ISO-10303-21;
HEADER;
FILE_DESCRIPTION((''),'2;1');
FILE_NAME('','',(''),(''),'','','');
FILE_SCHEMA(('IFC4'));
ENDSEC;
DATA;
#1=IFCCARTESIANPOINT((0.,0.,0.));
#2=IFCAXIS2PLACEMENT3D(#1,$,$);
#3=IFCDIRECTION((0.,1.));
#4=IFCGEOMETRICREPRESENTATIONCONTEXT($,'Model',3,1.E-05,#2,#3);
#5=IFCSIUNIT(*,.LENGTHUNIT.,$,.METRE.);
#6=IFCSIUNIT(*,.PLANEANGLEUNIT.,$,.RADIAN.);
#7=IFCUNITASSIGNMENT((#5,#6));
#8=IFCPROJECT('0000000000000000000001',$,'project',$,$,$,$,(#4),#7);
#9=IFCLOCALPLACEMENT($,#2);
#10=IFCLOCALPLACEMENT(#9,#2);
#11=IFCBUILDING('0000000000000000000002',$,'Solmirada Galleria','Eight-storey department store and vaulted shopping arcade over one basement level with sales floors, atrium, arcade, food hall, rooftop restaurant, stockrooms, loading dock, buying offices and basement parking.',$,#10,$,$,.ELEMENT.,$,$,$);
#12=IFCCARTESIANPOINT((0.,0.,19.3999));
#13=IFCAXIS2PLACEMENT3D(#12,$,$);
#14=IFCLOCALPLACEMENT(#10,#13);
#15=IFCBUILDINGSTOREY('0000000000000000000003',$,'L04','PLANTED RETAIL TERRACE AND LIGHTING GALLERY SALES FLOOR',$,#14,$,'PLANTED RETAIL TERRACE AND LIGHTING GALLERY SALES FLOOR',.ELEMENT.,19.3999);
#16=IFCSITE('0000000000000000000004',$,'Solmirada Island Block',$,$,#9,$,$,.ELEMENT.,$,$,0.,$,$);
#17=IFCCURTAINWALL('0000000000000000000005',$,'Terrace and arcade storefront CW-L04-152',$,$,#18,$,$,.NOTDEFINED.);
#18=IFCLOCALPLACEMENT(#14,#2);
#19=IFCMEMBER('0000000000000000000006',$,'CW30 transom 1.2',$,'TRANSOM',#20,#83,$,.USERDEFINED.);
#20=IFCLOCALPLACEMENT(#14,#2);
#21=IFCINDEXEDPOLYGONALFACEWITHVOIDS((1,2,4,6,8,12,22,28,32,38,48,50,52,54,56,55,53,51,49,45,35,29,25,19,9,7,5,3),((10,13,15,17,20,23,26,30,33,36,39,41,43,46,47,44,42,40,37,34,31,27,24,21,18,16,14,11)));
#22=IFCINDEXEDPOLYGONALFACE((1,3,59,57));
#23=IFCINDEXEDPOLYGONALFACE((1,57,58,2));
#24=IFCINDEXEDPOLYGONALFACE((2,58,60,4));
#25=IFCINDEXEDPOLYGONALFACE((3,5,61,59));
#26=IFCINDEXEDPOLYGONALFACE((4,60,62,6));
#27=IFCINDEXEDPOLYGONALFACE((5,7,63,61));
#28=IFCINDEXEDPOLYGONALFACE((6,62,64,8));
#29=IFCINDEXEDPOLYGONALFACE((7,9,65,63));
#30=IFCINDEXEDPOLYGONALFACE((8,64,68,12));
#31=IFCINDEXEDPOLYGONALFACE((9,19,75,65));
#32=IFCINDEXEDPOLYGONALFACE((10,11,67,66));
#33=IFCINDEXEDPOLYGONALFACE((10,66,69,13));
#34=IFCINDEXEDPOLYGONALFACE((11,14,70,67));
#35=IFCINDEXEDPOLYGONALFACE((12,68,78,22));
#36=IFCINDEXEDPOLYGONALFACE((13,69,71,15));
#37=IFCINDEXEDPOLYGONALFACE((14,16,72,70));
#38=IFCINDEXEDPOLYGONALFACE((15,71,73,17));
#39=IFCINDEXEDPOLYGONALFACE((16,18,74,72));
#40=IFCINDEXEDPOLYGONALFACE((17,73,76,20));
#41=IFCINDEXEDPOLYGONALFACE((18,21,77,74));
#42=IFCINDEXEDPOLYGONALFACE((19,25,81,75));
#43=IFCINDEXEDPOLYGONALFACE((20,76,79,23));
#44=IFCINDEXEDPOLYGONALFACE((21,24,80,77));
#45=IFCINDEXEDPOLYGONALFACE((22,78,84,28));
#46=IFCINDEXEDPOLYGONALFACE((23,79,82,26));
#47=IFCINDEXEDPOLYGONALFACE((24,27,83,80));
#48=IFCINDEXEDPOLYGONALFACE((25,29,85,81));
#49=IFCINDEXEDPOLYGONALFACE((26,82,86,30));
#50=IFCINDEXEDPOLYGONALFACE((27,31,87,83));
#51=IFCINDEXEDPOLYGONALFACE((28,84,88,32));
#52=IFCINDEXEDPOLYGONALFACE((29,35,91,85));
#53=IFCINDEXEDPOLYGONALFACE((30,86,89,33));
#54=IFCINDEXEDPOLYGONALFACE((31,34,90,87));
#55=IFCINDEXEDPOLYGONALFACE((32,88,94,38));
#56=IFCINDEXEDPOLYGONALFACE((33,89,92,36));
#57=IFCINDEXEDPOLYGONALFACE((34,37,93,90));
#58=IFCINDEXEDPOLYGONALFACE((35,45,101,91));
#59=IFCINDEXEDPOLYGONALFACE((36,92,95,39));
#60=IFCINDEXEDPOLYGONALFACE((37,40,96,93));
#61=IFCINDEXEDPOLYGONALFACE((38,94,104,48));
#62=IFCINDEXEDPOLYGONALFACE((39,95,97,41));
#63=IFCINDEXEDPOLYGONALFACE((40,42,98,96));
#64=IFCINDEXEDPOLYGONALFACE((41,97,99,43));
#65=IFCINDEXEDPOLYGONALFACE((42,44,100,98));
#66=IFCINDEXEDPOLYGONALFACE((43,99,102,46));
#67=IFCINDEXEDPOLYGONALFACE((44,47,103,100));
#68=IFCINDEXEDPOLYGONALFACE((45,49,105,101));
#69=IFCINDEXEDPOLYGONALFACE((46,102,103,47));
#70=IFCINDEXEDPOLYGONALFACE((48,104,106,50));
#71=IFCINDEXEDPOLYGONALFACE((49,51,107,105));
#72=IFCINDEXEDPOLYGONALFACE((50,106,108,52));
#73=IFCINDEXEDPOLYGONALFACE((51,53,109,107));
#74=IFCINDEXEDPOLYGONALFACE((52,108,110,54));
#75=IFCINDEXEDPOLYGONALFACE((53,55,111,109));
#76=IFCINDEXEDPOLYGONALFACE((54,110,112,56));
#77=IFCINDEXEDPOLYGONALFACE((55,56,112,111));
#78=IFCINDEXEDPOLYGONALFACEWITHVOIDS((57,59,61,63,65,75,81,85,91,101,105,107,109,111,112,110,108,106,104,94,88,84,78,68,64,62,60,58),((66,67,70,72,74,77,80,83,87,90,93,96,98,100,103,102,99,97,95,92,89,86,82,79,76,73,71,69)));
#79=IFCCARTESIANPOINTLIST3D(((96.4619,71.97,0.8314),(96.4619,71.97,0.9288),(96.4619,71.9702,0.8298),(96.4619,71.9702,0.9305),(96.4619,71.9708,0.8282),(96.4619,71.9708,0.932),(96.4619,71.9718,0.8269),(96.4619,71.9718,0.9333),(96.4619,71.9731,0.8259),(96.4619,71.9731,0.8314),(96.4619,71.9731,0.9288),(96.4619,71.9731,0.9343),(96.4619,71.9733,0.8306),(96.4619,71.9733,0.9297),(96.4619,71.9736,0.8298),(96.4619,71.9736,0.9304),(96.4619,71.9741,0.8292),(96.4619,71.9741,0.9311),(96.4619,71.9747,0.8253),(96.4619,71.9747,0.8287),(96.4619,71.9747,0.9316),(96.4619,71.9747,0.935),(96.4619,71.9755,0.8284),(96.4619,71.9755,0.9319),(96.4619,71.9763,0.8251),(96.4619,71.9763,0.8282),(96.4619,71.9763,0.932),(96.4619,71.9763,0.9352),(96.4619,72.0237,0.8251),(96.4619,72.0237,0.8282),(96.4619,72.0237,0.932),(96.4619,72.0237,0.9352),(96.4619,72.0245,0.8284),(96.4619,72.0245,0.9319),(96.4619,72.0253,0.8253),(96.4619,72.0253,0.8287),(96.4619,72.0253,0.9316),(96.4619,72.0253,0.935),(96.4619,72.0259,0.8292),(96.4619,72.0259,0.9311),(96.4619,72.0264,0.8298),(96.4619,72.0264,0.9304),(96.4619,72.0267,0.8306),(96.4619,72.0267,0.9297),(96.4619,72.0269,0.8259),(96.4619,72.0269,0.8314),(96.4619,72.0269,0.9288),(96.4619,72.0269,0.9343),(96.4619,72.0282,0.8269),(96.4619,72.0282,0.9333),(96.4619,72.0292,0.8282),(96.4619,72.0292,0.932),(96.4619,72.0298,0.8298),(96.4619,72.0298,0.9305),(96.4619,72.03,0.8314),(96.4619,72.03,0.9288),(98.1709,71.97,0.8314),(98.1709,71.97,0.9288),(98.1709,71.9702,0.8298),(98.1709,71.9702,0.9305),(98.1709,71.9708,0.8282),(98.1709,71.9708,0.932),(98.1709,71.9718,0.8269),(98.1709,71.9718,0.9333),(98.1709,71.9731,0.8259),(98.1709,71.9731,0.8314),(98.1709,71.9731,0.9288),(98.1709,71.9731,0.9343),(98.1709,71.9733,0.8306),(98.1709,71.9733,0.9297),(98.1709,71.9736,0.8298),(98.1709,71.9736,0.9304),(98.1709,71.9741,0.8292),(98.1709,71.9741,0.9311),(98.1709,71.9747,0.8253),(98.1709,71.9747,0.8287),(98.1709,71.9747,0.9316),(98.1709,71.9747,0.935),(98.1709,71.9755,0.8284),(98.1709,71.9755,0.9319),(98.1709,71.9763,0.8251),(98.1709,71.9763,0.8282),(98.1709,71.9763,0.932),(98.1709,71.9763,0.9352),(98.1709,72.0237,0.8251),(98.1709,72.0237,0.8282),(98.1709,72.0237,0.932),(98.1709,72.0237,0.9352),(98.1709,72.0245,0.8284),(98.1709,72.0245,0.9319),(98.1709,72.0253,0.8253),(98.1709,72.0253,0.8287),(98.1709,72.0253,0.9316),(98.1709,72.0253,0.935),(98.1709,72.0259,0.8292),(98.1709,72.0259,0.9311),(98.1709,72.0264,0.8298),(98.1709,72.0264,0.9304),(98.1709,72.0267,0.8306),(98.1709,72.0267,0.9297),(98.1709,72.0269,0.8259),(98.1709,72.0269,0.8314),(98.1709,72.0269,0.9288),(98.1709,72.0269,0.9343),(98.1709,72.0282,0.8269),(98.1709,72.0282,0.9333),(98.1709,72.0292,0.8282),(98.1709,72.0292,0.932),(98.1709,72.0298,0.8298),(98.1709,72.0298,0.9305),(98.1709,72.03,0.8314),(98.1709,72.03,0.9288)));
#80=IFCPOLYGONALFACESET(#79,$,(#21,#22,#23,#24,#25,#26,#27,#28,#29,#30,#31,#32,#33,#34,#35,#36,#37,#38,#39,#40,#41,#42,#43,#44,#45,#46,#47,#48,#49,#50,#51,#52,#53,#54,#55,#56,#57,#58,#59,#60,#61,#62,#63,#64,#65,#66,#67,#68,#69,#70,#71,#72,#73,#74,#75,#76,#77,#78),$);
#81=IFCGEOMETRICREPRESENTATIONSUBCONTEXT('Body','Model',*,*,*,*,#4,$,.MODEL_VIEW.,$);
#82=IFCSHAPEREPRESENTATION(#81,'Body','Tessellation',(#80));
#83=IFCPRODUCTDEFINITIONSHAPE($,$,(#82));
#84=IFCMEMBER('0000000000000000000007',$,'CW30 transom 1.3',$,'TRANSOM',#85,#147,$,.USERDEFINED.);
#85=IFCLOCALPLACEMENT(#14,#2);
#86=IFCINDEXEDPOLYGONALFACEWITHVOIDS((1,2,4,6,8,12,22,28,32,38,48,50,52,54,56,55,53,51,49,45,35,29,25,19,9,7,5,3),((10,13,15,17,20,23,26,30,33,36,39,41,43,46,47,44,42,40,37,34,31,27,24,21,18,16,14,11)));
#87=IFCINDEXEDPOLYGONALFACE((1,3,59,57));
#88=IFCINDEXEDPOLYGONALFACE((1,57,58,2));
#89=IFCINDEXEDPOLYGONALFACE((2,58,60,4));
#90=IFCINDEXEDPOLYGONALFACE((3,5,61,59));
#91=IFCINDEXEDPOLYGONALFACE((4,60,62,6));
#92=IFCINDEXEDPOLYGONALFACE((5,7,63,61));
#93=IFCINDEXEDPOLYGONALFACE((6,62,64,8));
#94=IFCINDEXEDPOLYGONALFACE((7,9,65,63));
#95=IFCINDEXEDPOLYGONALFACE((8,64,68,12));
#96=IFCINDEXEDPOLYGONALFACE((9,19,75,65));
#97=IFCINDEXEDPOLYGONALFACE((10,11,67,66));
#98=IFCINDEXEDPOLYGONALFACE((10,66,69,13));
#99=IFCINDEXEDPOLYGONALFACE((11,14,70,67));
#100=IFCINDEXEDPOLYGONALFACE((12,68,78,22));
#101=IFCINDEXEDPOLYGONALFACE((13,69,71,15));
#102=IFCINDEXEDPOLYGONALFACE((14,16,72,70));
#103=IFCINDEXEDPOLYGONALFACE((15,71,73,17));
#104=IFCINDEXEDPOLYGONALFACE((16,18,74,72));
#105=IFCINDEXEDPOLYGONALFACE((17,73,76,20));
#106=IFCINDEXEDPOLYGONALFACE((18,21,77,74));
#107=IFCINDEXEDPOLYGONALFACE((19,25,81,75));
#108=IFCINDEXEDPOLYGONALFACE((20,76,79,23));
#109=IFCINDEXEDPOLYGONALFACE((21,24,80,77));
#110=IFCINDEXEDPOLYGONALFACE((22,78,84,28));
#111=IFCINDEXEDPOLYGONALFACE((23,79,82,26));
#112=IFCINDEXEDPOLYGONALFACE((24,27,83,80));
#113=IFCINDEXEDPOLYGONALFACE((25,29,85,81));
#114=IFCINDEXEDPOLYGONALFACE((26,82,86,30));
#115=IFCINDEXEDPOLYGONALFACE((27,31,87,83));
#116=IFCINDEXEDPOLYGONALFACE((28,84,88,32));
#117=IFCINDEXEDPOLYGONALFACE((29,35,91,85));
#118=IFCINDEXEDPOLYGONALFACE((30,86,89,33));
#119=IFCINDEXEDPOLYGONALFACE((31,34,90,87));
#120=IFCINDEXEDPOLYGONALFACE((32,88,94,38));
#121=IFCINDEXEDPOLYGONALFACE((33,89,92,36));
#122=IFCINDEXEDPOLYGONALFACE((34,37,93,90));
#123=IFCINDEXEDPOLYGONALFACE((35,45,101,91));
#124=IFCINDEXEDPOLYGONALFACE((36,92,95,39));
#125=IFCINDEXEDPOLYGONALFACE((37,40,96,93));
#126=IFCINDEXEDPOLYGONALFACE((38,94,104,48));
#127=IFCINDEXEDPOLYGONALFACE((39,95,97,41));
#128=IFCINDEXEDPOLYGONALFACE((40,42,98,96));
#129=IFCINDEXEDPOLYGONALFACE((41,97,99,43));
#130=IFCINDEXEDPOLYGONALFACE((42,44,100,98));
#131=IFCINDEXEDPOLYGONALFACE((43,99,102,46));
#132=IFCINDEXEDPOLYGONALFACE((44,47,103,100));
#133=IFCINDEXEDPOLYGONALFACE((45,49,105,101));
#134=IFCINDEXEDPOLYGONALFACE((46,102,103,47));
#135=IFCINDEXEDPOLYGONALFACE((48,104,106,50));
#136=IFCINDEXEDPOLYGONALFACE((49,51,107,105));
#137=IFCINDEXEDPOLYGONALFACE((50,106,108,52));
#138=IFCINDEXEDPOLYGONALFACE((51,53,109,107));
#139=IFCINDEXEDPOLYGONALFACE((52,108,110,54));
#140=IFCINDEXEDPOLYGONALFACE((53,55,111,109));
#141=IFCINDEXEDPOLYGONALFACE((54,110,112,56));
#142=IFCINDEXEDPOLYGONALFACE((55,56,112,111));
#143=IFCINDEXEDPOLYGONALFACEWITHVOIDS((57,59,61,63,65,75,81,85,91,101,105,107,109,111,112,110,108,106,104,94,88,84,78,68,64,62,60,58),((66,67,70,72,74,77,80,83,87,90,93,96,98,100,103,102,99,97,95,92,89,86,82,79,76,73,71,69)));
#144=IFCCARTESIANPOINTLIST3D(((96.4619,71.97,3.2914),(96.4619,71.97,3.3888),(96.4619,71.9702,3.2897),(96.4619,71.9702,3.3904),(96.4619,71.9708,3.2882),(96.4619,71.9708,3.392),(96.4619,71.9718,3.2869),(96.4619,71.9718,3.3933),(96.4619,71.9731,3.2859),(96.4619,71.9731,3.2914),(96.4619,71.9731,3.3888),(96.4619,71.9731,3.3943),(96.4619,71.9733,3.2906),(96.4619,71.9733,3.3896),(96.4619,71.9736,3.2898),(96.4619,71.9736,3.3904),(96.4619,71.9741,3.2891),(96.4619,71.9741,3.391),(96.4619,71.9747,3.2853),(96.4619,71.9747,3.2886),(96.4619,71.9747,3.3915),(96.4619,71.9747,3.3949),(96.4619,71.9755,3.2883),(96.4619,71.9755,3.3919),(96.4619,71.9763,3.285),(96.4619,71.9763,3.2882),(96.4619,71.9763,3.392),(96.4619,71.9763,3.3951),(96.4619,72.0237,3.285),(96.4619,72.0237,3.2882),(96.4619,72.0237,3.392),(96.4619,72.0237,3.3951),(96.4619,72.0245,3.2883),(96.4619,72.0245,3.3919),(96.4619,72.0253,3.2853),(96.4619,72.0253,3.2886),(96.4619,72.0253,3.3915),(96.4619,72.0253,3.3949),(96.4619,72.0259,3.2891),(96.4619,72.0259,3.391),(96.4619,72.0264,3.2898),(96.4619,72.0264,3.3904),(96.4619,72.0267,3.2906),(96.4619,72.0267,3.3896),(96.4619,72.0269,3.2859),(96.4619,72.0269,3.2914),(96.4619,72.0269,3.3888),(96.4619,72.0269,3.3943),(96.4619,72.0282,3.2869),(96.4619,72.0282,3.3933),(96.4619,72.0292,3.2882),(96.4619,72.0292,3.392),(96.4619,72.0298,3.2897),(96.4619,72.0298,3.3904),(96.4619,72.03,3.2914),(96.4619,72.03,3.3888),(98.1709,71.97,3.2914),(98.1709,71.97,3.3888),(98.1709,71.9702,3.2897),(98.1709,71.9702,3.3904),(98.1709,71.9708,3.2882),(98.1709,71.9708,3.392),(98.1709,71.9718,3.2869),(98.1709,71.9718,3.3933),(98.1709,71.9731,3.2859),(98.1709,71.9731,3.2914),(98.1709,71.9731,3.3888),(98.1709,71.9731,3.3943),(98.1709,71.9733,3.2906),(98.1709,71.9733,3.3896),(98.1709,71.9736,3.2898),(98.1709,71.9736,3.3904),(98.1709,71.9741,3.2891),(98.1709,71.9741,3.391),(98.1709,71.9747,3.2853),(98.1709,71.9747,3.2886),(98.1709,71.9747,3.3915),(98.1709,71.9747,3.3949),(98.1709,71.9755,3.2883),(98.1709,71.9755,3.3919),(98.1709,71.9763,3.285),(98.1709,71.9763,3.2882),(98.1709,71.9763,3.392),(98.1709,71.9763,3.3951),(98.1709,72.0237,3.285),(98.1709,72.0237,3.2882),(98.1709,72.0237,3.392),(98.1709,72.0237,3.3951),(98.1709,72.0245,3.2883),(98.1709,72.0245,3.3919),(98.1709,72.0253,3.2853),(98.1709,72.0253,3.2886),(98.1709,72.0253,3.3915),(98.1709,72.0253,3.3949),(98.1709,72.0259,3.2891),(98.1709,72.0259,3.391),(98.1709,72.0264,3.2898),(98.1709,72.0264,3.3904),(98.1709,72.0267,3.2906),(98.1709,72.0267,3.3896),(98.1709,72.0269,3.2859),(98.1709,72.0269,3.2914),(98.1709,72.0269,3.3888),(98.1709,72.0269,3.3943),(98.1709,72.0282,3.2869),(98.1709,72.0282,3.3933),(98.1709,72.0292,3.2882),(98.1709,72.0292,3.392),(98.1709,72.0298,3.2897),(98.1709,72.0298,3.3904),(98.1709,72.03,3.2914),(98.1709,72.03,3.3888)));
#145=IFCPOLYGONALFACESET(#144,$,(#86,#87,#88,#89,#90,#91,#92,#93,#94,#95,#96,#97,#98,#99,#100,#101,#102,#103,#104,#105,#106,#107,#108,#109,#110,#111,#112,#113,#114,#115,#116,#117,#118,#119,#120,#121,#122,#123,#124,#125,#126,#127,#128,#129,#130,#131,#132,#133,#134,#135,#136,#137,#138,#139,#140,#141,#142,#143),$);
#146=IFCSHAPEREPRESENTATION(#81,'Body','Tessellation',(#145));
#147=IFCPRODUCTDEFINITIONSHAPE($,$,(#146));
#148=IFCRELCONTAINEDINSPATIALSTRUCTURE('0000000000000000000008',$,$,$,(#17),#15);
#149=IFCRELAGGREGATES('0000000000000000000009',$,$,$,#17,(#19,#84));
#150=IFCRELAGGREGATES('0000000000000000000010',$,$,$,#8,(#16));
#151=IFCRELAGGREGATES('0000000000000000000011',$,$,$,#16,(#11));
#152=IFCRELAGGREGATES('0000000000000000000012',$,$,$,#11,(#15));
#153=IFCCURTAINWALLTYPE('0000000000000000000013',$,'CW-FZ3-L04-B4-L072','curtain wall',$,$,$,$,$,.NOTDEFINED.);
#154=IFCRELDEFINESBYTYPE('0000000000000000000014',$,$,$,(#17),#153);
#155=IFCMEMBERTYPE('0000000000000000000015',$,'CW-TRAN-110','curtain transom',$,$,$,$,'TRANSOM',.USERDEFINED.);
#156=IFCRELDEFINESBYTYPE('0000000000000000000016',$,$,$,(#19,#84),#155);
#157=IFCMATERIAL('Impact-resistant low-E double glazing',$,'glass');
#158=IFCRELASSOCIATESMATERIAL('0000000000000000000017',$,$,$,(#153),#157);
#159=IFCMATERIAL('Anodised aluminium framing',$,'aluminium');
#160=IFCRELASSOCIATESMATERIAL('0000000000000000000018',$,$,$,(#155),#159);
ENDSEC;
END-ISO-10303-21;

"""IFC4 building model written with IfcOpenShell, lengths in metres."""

from ifc_helpers import new_model, si_unit, direction, frame, origin, origin_2d, place, context, subcontext, project, spatial, hollow_rectangle, extrude, material, material_profile, profile_set, type_object, element, aggregate, save


model = new_model("IFC4")

# Units and contexts
model_context = context("Model", 3, precision=1e-05, world=origin(), true_north=direction((0.0, 1.0)))
body_context = subcontext(model_context, "Body", "Model", "MODEL_VIEW")
ifc_project = project(units=[si_unit("LENGTHUNIT", "METRE"), si_unit("PLANEANGLEUNIT", "RADIAN")], contexts=[model_context])

# Site, building, storey
site_placement = place(None, origin())
site = spatial("IfcSite", under=ifc_project, at=site_placement, Name="Solmirada Island Block", CompositionType="ELEMENT", RefElevation=0.0)
building_placement = place(site_placement, origin())
building = spatial("IfcBuilding", under=site, at=building_placement, Name="Solmirada Galleria", Description="Eight-storey department store and vaulted shopping arcade over one basement level with sales floors, atrium, arcade, food hall, rooftop restaurant, stockrooms, loading dock, buying offices and basement parking.", CompositionType="ELEMENT")
storey_placement = place(building_placement, frame((0.0, 0.0, 19.3999)))
storey = spatial("IfcBuildingStorey", under=building, at=storey_placement, Name="L04", Description="PLANTED RETAIL TERRACE AND LIGHTING GALLERY SALES FLOOR", LongName="PLANTED RETAIL TERRACE AND LIGHTING GALLERY SALES FLOOR", CompositionType="ELEMENT", Elevation=19.3999)

# Shared definitions
ifc_material_1 = material(Name="Impact-resistant low-E double glazing", Category="glass")
curtain_wall_type = type_object("IfcCurtainWallType", Name="CW-FZ3-L04-B4-L072", Description="curtain wall", PredefinedType="NOTDEFINED", material=ifc_material_1)
ifc_material_2 = material(Name="Anodised aluminium framing", Category="aluminium")

# Curtain wall
curtain_wall_1_placement = place(storey_placement, origin())
curtain_wall_1 = element("IfcCurtainWall", 1, at=curtain_wall_1_placement, inside=storey, type_object=curtain_wall_type, Name="Terrace and arcade storefront CW-L04-152", PredefinedType="NOTDEFINED")

# Members
ifc_material_profile_1 = material_profile(ifc_material_2, hollow_rectangle(XDim=0.0601, YDim=0.1101, WallThickness=0.0032, InnerFilletRadius=0.0032, OuterFilletRadius=0.0063, at=origin_2d()), Name="ALU-TRAN-110X60")
ifc_profile_set_1 = profile_set([ifc_material_profile_1], Name="Anodised aluminium framing")
member_type_1 = type_object("IfcMemberType", Name="CW-TRAN-110", Description="curtain transom", ElementType="TRANSOM", PredefinedType="USERDEFINED", material=ifc_profile_set_1)
member_1_placement = place(storey_placement, frame((96.4619, 72.0, 0.8801), z_axis=(1.0, 0.0, 0.0), x_axis=(0.0, 1.0, 0.0)))
member_1 = element("IfcMember", 2, at=member_1_placement, type_object=member_type_1, Name="CW30 transom 1.2", ObjectType="TRANSOM", PredefinedType="USERDEFINED", context=body_context, shape_type="SweptSolid", body=[
    extrude(hollow_rectangle(XDim=0.0601, YDim=0.1101, WallThickness=0.0032, InnerFilletRadius=0.0032, OuterFilletRadius=0.0063, at=origin_2d()), origin(), (0.0, 0.0, 1.0), 1.709),
])
member_2_placement = place(storey_placement, frame((96.4619, 72.0, 3.3401), z_axis=(1.0, 0.0, 0.0), x_axis=(0.0, 1.0, 0.0)))
member_2 = element("IfcMember", 3, at=member_2_placement, type_object=member_type_1, Name="CW30 transom 1.3", ObjectType="TRANSOM", PredefinedType="USERDEFINED", context=body_context, shape_type="SweptSolid", body=[
    extrude(hollow_rectangle(XDim=0.0601, YDim=0.1101, WallThickness=0.0032, InnerFilletRadius=0.0032, OuterFilletRadius=0.0063, at=origin_2d()), origin(), (0.0, 0.0, 1.0), 1.709),
])

aggregate(curtain_wall_1, [member_1, member_2])

save(model, "model.ifc")
